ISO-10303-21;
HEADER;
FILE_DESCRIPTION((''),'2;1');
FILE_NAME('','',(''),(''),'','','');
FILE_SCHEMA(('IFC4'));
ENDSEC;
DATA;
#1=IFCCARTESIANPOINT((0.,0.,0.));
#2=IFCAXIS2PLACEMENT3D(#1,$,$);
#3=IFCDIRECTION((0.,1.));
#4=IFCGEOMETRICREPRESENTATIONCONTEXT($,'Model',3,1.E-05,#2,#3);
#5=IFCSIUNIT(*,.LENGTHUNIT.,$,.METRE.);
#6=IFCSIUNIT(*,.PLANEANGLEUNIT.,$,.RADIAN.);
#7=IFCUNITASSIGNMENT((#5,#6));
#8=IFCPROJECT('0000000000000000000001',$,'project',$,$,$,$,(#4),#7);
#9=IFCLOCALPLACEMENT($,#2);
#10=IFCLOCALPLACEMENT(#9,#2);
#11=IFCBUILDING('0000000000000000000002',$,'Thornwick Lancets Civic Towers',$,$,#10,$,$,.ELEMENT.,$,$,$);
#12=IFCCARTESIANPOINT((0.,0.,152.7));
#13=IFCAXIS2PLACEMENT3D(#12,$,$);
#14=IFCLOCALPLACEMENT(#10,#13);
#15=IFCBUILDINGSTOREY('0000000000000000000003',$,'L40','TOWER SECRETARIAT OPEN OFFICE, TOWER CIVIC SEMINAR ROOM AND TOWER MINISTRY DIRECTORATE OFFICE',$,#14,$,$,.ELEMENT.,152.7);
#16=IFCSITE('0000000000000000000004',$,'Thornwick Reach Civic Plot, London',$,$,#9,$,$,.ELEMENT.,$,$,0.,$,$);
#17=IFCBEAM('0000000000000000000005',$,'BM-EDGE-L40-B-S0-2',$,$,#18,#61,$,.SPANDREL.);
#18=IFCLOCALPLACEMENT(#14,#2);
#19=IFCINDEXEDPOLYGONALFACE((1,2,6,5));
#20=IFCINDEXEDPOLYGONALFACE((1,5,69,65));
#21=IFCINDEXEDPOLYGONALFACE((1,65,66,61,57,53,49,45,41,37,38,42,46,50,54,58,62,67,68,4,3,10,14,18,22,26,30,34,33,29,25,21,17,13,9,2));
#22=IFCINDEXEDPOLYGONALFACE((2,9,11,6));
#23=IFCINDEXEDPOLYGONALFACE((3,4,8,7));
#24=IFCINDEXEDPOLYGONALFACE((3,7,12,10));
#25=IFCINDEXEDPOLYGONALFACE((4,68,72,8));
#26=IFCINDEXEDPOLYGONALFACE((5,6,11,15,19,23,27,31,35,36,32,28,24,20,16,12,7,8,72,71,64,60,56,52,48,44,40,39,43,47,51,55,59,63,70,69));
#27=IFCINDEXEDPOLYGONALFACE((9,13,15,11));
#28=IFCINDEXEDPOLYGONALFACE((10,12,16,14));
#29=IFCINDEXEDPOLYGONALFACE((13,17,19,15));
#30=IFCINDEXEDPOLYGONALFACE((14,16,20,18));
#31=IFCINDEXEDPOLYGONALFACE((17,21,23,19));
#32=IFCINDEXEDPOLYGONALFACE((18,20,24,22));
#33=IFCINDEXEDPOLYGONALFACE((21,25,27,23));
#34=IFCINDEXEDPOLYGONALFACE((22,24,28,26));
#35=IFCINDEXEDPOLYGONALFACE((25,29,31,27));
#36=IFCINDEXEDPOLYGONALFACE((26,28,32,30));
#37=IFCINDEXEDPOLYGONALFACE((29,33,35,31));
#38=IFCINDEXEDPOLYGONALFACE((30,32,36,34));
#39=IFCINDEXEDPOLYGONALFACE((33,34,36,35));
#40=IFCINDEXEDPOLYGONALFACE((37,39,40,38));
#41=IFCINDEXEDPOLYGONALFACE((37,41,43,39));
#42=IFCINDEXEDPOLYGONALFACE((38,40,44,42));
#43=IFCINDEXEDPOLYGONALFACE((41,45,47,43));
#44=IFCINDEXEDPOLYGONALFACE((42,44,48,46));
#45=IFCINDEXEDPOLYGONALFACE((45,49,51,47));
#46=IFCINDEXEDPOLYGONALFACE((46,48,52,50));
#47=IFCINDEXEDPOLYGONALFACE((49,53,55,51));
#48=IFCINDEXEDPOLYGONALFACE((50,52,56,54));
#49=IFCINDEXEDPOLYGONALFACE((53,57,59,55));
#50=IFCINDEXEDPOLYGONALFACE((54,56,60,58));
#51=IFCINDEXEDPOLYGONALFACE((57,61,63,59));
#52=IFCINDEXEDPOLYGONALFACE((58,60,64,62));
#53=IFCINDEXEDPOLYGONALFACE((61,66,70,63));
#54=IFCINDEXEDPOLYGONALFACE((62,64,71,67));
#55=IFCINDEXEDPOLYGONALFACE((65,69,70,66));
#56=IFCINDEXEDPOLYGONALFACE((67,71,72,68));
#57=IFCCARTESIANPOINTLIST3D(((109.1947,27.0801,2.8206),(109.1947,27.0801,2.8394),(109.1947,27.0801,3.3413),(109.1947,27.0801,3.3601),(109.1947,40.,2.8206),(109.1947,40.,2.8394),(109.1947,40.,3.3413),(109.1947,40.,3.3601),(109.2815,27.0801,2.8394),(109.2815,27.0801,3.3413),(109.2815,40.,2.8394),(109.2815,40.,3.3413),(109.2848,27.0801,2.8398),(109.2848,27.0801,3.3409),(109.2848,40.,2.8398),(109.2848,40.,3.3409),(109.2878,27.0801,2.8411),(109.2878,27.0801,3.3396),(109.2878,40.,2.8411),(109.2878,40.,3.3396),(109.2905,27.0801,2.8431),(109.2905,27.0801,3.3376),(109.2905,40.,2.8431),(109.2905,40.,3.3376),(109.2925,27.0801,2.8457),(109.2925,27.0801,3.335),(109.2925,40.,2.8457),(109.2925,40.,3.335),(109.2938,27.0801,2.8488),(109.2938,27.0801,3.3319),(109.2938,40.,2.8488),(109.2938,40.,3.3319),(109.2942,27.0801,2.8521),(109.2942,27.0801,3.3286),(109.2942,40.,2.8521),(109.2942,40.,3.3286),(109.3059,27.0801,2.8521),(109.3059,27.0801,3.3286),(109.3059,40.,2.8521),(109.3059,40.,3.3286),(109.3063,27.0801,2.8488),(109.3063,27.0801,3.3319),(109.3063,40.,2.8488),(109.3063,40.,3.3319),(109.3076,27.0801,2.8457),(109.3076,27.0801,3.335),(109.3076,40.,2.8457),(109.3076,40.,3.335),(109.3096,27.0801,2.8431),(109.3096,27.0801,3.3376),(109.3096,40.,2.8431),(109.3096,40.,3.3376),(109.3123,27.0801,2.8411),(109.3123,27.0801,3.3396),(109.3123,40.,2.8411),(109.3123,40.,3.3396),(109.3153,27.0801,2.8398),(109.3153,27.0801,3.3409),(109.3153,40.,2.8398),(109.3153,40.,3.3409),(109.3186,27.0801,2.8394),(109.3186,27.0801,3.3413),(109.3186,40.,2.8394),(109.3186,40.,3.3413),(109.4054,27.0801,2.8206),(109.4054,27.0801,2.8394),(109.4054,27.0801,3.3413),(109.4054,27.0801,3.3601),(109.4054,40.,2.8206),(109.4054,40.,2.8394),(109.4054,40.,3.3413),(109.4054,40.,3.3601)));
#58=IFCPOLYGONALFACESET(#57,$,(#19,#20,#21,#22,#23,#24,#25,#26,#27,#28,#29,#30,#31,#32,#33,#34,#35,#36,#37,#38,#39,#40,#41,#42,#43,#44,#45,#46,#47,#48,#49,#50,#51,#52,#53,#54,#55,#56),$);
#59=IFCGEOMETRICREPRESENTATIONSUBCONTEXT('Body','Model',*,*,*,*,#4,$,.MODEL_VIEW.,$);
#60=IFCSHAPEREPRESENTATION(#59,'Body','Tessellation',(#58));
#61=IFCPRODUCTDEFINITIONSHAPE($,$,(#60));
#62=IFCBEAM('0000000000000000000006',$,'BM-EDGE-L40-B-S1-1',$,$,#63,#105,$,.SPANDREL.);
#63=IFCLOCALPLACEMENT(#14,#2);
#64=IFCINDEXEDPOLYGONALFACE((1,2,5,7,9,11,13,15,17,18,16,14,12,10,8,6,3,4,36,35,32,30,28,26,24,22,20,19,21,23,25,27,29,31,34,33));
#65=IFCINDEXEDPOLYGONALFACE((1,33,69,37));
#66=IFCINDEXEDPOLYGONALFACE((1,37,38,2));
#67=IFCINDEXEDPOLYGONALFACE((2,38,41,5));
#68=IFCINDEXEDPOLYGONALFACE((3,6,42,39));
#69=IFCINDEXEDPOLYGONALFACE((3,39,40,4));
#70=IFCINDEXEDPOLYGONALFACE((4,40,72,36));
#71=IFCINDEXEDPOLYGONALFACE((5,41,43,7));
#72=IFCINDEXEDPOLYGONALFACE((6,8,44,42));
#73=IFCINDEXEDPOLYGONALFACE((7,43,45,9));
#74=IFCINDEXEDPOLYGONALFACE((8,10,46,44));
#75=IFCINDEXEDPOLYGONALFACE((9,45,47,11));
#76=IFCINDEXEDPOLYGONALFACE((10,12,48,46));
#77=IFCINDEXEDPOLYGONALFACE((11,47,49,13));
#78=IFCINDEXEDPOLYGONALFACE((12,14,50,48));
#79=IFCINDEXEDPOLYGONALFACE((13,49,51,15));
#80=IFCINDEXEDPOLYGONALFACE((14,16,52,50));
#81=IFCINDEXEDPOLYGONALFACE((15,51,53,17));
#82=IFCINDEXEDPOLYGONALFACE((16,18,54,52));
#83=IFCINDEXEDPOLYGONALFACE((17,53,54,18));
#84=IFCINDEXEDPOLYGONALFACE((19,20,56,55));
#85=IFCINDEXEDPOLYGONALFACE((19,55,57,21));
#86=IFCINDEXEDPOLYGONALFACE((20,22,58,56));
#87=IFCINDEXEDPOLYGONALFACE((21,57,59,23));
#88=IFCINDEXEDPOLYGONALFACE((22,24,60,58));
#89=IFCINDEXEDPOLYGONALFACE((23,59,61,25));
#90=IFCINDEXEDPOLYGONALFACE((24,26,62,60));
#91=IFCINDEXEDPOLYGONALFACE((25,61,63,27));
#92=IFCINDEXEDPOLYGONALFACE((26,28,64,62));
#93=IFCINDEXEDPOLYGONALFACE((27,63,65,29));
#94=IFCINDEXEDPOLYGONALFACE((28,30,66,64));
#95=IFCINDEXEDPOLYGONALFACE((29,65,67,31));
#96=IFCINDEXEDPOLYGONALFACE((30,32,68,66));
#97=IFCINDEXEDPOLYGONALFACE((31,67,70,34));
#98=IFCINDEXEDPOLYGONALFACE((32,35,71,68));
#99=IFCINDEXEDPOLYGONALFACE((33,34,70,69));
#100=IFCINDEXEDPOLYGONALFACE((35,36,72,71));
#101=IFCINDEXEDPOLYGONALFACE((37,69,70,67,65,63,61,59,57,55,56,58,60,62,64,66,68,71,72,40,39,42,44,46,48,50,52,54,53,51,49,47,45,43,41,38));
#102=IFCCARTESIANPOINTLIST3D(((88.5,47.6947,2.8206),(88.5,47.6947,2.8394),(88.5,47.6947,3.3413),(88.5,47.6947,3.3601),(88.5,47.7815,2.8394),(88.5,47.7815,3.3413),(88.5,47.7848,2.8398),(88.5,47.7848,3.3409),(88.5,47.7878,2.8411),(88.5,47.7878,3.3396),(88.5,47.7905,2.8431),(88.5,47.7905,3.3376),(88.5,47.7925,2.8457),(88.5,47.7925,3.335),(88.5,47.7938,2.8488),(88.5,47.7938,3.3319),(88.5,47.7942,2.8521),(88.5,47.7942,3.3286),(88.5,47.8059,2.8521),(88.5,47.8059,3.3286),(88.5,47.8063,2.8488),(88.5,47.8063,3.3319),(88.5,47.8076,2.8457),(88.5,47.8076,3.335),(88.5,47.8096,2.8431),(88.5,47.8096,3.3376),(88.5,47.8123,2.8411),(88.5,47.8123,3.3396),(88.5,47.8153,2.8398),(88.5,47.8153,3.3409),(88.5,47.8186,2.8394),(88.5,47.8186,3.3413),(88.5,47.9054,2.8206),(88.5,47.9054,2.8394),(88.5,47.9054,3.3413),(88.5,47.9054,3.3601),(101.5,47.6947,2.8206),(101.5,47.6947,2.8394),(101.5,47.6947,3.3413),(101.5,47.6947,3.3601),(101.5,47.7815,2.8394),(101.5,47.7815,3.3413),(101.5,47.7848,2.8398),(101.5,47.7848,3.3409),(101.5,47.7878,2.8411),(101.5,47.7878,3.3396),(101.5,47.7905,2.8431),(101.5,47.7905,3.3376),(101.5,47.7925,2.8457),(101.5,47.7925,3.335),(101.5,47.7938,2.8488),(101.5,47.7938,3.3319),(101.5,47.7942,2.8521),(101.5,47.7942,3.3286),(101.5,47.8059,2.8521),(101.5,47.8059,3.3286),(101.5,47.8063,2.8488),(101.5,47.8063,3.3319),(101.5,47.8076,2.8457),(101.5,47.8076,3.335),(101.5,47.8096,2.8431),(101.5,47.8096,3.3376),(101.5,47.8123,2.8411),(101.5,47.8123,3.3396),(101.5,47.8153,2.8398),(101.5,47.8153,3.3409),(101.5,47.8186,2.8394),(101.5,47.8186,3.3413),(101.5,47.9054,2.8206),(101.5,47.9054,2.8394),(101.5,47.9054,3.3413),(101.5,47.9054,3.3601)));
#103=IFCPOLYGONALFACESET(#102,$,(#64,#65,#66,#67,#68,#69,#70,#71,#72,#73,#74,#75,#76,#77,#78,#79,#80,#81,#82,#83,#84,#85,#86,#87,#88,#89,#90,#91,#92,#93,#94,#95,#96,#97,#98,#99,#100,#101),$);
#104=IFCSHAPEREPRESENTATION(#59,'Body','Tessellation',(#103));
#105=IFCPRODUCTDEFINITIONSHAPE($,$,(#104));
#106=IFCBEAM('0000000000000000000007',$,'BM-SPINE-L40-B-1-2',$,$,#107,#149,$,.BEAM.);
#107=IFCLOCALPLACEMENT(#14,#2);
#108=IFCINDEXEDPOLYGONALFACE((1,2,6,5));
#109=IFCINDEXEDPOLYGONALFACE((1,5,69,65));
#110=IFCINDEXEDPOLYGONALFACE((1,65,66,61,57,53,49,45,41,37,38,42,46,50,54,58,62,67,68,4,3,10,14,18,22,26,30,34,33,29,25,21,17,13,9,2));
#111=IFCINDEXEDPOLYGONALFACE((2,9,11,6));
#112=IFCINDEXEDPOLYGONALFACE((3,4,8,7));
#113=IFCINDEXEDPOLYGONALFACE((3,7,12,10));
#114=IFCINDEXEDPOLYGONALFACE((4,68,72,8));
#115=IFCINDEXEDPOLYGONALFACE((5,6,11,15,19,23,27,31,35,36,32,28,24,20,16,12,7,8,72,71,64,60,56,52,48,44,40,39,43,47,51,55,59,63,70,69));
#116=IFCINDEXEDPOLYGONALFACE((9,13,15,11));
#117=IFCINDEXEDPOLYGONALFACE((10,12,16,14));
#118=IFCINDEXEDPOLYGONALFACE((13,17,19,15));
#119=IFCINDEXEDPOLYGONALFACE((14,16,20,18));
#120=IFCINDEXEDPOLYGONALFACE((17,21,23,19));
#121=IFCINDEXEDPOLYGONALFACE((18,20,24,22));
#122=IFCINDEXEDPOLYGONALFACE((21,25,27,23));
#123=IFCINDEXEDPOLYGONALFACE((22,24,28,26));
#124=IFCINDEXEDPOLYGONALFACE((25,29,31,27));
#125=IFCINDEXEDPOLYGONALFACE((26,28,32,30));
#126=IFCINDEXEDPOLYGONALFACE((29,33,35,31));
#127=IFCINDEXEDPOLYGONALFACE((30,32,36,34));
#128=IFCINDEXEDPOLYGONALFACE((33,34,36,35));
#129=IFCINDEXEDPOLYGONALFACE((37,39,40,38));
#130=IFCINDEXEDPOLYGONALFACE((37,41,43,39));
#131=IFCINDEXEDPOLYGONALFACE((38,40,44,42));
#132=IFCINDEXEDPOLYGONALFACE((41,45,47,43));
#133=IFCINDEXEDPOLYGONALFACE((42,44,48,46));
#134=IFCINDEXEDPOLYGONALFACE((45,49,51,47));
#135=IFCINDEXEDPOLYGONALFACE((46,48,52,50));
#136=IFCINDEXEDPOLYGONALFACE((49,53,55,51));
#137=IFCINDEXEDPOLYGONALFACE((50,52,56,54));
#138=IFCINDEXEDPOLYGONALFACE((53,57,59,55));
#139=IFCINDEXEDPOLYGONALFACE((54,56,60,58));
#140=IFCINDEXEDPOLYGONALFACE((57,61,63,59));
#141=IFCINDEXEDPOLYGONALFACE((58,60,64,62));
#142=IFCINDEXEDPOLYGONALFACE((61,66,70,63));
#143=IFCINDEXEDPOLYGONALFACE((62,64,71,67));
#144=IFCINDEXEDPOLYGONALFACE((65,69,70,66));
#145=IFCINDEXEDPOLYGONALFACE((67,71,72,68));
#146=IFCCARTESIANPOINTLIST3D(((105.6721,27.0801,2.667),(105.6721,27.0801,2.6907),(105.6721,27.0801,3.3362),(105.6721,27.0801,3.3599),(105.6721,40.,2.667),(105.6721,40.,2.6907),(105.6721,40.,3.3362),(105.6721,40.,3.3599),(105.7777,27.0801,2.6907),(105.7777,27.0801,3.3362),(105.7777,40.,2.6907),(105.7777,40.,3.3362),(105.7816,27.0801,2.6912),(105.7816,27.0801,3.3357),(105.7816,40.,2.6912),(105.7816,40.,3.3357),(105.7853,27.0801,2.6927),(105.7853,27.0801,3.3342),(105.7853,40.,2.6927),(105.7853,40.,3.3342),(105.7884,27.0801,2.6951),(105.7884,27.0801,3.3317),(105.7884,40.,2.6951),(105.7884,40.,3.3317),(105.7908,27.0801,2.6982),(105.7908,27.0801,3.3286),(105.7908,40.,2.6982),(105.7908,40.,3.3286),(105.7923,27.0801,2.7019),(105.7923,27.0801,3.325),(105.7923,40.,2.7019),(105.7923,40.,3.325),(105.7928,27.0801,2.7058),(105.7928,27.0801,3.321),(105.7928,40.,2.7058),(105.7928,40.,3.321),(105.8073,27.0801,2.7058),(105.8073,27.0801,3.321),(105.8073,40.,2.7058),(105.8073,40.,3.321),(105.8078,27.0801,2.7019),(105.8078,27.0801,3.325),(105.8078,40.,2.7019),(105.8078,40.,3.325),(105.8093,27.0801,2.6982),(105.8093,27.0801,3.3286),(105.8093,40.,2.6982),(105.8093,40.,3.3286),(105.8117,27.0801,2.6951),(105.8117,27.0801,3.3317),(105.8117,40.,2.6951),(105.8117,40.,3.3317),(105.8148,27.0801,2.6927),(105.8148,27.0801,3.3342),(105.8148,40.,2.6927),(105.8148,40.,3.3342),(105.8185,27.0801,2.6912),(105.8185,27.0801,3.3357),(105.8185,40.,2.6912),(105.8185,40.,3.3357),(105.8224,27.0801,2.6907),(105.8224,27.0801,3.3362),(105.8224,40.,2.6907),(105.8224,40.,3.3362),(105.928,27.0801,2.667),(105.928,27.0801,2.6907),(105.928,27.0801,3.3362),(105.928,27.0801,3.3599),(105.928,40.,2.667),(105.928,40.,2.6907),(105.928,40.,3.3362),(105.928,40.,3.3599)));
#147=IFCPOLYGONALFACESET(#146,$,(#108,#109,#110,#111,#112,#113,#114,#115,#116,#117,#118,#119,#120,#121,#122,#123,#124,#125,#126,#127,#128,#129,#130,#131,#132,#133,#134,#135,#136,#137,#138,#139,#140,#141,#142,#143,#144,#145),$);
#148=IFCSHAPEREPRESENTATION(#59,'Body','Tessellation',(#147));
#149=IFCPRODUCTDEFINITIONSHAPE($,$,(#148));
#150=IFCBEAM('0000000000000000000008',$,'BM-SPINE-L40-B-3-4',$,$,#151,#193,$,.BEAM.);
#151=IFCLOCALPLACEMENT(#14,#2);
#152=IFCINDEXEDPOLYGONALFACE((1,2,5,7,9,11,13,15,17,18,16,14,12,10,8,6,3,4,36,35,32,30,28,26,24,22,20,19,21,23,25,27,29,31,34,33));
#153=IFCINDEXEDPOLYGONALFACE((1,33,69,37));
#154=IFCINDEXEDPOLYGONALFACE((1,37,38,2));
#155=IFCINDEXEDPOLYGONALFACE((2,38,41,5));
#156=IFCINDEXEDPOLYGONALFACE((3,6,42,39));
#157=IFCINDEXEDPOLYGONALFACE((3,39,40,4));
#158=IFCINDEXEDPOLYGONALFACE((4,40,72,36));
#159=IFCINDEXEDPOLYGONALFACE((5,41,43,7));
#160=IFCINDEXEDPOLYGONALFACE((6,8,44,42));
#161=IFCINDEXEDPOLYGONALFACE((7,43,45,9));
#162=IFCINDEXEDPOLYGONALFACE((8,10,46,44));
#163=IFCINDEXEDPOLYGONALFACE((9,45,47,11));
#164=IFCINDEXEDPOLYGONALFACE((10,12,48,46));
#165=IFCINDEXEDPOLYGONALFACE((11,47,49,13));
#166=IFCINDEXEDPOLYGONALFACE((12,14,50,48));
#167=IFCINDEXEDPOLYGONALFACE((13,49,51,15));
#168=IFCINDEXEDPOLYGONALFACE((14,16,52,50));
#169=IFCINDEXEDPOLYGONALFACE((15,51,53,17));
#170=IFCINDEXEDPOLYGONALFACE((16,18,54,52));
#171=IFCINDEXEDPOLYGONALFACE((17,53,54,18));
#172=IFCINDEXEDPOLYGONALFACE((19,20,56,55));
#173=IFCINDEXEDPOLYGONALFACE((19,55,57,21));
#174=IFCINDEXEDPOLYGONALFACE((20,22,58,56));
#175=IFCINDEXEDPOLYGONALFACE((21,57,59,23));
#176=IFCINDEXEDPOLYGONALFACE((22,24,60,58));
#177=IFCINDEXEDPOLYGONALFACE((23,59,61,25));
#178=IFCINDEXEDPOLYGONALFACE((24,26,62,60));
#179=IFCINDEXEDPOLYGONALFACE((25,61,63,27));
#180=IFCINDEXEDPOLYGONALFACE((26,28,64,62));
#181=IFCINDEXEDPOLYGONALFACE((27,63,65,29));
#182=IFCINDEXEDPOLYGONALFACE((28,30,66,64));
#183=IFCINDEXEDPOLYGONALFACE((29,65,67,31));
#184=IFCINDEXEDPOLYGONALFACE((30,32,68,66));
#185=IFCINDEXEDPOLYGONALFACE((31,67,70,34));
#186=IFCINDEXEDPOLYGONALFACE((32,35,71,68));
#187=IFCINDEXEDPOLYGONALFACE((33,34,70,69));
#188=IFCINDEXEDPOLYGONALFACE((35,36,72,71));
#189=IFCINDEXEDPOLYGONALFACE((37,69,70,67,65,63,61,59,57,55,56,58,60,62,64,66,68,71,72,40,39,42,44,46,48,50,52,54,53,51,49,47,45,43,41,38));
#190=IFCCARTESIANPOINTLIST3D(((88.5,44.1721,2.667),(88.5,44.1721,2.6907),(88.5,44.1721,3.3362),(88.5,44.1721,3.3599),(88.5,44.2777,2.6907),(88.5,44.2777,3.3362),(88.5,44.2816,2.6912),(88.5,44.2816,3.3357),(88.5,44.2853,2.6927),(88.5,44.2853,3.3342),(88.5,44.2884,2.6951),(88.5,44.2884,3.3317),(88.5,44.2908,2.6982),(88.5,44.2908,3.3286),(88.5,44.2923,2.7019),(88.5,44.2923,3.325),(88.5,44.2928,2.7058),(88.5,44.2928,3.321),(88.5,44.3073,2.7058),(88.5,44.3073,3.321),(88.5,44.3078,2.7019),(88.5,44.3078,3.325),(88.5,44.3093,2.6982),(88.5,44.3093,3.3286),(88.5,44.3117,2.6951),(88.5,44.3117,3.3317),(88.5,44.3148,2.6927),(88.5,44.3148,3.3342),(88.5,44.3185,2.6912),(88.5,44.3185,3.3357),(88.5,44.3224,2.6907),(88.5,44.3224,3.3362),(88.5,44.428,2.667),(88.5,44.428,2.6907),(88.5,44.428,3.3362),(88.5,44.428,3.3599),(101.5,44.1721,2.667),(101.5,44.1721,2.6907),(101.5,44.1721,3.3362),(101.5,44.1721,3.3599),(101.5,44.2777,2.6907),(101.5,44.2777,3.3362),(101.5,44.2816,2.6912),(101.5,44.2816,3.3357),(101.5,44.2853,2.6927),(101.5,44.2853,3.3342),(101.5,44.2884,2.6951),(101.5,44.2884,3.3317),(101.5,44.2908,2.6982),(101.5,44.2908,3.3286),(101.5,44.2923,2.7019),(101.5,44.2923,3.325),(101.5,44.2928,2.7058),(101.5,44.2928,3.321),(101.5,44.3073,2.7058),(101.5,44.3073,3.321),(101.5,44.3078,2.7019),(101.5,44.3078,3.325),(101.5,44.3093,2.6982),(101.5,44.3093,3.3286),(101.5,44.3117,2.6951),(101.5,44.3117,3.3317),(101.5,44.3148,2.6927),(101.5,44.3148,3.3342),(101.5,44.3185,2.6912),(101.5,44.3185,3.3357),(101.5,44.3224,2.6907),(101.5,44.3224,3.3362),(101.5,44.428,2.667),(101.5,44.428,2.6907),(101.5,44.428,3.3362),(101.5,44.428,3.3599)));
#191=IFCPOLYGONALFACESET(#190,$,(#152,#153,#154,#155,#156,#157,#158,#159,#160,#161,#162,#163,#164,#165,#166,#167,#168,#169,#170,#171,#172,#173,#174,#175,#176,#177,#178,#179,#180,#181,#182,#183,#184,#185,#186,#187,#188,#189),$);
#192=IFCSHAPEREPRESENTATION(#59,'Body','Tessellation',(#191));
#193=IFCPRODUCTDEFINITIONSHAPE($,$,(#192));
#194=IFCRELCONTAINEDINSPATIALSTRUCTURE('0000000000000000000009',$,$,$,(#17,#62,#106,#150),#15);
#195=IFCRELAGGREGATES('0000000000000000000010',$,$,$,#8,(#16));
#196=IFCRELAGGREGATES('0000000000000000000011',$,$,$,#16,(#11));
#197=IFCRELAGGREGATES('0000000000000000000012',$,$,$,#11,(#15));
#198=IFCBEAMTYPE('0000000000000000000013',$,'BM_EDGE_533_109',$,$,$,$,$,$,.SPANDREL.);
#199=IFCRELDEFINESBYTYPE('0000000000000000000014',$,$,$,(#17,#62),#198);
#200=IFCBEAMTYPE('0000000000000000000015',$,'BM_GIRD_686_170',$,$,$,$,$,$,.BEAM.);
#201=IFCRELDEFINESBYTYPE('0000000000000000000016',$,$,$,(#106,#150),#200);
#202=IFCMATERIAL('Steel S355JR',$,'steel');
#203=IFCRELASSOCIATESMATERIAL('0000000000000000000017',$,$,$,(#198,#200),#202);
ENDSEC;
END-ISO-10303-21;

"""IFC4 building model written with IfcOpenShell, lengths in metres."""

from ifc_helpers import new_model, si_unit, direction, frame, origin, origin_2d, place, context, subcontext, project, spatial, i_section, extrude, material, material_profile, profile_set, type_object, element, save


model = new_model("IFC4")

# Units and contexts
model_context = context("Model", 3, precision=1e-05, world=origin(), true_north=direction((0.0, 1.0)))
body_context = subcontext(model_context, "Body", "Model", "MODEL_VIEW")
ifc_project = project(units=[si_unit("LENGTHUNIT", "METRE"), si_unit("PLANEANGLEUNIT", "RADIAN")], contexts=[model_context])

# Site, building, storey
site_placement = place(None, origin())
site = spatial("IfcSite", under=ifc_project, at=site_placement, Name="Thornwick Reach Civic Plot, London", CompositionType="ELEMENT", RefElevation=0.0)
building_placement = place(site_placement, origin())
building = spatial("IfcBuilding", under=site, at=building_placement, Name="Thornwick Lancets Civic Towers", CompositionType="ELEMENT")
storey_placement = place(building_placement, frame((0.0, 0.0, 152.7)))
storey = spatial("IfcBuildingStorey", under=building, at=storey_placement, Name="L40", Description="TOWER SECRETARIAT OPEN OFFICE, TOWER CIVIC SEMINAR ROOM AND TOWER MINISTRY DIRECTORATE OFFICE", CompositionType="ELEMENT", Elevation=152.7)

# Beams
ifc_material_1 = material(Name="Steel S355JR", Category="steel")
ifc_material_profile_1 = material_profile(ifc_material_1, i_section(OverallWidth=0.2107, OverallDepth=0.5396, WebThickness=0.0117, FlangeThickness=0.0188, FilletRadius=0.0127, at=origin_2d()), Name="UKB 533x210x109")
ifc_profile_set_1 = profile_set([ifc_material_profile_1], Name="Steel S355JR")
beam_type_1 = type_object("IfcBeamType", Name="BM_EDGE_533_109", PredefinedType="SPANDREL", material=ifc_profile_set_1)
beam_1_placement = place(storey_placement, frame((109.3, 27.0801, 3.0903), z_axis=(0.0, 1.0, 0.0), x_axis=(-1.0, 0.0, 0.0)))
element("IfcBeam", 1, at=beam_1_placement, inside=storey, type_object=beam_type_1, Name="BM-EDGE-L40-B-S0-2", PredefinedType="SPANDREL", context=body_context, shape_type="SweptSolid", body=[
    extrude(i_section(OverallWidth=0.2107, OverallDepth=0.5396, WebThickness=0.0117, FlangeThickness=0.0188, FilletRadius=0.0127, at=origin_2d()), origin(), (0.0, 0.0, 1.0), 12.9199),
])
beam_2_placement = place(storey_placement, frame((101.5, 47.8, 3.0903), z_axis=(-1.0, 0.0, 0.0), x_axis=(0.0, -1.0, 0.0)))
element("IfcBeam", 2, at=beam_2_placement, inside=storey, type_object=beam_type_1, Name="BM-EDGE-L40-B-S1-1", PredefinedType="SPANDREL", context=body_context, shape_type="SweptSolid", body=[
    extrude(i_section(OverallWidth=0.2107, OverallDepth=0.5396, WebThickness=0.0117, FlangeThickness=0.0188, FilletRadius=0.0127, at=origin_2d()), origin(), (0.0, 0.0, 1.0), 13.0),
])
ifc_material_profile_2 = material_profile(ifc_material_1, i_section(OverallWidth=0.2559, OverallDepth=0.6929, WebThickness=0.0144, FlangeThickness=0.0237, FilletRadius=0.0151, at=origin_2d()), Name="UKB 686x254x170")
ifc_profile_set_2 = profile_set([ifc_material_profile_2], Name="Steel S355JR")
beam_type_2 = type_object("IfcBeamType", Name="BM_GIRD_686_170", PredefinedType="BEAM", material=ifc_profile_set_2)
beam_3_placement = place(storey_placement, frame((105.8, 27.0801, 3.0134), z_axis=(0.0, 1.0, 0.0), x_axis=(-1.0, 0.0, 0.0)))
element("IfcBeam", 3, at=beam_3_placement, inside=storey, type_object=beam_type_2, Name="BM-SPINE-L40-B-1-2", PredefinedType="BEAM", context=body_context, shape_type="SweptSolid", body=[
    extrude(i_section(OverallWidth=0.2559, OverallDepth=0.6929, WebThickness=0.0144, FlangeThickness=0.0237, FilletRadius=0.0151, at=origin_2d()), origin(), (0.0, 0.0, 1.0), 12.9199),
])
beam_4_placement = place(storey_placement, frame((101.5, 44.3, 3.0134), z_axis=(-1.0, 0.0, 0.0), x_axis=(0.0, -1.0, 0.0)))
element("IfcBeam", 4, at=beam_4_placement, inside=storey, type_object=beam_type_2, Name="BM-SPINE-L40-B-3-4", PredefinedType="BEAM", context=body_context, shape_type="SweptSolid", body=[
    extrude(i_section(OverallWidth=0.2559, OverallDepth=0.6929, WebThickness=0.0144, FlangeThickness=0.0237, FilletRadius=0.0151, at=origin_2d()), origin(), (0.0, 0.0, 1.0), 13.0),
])

save(model, "model.ifc")
